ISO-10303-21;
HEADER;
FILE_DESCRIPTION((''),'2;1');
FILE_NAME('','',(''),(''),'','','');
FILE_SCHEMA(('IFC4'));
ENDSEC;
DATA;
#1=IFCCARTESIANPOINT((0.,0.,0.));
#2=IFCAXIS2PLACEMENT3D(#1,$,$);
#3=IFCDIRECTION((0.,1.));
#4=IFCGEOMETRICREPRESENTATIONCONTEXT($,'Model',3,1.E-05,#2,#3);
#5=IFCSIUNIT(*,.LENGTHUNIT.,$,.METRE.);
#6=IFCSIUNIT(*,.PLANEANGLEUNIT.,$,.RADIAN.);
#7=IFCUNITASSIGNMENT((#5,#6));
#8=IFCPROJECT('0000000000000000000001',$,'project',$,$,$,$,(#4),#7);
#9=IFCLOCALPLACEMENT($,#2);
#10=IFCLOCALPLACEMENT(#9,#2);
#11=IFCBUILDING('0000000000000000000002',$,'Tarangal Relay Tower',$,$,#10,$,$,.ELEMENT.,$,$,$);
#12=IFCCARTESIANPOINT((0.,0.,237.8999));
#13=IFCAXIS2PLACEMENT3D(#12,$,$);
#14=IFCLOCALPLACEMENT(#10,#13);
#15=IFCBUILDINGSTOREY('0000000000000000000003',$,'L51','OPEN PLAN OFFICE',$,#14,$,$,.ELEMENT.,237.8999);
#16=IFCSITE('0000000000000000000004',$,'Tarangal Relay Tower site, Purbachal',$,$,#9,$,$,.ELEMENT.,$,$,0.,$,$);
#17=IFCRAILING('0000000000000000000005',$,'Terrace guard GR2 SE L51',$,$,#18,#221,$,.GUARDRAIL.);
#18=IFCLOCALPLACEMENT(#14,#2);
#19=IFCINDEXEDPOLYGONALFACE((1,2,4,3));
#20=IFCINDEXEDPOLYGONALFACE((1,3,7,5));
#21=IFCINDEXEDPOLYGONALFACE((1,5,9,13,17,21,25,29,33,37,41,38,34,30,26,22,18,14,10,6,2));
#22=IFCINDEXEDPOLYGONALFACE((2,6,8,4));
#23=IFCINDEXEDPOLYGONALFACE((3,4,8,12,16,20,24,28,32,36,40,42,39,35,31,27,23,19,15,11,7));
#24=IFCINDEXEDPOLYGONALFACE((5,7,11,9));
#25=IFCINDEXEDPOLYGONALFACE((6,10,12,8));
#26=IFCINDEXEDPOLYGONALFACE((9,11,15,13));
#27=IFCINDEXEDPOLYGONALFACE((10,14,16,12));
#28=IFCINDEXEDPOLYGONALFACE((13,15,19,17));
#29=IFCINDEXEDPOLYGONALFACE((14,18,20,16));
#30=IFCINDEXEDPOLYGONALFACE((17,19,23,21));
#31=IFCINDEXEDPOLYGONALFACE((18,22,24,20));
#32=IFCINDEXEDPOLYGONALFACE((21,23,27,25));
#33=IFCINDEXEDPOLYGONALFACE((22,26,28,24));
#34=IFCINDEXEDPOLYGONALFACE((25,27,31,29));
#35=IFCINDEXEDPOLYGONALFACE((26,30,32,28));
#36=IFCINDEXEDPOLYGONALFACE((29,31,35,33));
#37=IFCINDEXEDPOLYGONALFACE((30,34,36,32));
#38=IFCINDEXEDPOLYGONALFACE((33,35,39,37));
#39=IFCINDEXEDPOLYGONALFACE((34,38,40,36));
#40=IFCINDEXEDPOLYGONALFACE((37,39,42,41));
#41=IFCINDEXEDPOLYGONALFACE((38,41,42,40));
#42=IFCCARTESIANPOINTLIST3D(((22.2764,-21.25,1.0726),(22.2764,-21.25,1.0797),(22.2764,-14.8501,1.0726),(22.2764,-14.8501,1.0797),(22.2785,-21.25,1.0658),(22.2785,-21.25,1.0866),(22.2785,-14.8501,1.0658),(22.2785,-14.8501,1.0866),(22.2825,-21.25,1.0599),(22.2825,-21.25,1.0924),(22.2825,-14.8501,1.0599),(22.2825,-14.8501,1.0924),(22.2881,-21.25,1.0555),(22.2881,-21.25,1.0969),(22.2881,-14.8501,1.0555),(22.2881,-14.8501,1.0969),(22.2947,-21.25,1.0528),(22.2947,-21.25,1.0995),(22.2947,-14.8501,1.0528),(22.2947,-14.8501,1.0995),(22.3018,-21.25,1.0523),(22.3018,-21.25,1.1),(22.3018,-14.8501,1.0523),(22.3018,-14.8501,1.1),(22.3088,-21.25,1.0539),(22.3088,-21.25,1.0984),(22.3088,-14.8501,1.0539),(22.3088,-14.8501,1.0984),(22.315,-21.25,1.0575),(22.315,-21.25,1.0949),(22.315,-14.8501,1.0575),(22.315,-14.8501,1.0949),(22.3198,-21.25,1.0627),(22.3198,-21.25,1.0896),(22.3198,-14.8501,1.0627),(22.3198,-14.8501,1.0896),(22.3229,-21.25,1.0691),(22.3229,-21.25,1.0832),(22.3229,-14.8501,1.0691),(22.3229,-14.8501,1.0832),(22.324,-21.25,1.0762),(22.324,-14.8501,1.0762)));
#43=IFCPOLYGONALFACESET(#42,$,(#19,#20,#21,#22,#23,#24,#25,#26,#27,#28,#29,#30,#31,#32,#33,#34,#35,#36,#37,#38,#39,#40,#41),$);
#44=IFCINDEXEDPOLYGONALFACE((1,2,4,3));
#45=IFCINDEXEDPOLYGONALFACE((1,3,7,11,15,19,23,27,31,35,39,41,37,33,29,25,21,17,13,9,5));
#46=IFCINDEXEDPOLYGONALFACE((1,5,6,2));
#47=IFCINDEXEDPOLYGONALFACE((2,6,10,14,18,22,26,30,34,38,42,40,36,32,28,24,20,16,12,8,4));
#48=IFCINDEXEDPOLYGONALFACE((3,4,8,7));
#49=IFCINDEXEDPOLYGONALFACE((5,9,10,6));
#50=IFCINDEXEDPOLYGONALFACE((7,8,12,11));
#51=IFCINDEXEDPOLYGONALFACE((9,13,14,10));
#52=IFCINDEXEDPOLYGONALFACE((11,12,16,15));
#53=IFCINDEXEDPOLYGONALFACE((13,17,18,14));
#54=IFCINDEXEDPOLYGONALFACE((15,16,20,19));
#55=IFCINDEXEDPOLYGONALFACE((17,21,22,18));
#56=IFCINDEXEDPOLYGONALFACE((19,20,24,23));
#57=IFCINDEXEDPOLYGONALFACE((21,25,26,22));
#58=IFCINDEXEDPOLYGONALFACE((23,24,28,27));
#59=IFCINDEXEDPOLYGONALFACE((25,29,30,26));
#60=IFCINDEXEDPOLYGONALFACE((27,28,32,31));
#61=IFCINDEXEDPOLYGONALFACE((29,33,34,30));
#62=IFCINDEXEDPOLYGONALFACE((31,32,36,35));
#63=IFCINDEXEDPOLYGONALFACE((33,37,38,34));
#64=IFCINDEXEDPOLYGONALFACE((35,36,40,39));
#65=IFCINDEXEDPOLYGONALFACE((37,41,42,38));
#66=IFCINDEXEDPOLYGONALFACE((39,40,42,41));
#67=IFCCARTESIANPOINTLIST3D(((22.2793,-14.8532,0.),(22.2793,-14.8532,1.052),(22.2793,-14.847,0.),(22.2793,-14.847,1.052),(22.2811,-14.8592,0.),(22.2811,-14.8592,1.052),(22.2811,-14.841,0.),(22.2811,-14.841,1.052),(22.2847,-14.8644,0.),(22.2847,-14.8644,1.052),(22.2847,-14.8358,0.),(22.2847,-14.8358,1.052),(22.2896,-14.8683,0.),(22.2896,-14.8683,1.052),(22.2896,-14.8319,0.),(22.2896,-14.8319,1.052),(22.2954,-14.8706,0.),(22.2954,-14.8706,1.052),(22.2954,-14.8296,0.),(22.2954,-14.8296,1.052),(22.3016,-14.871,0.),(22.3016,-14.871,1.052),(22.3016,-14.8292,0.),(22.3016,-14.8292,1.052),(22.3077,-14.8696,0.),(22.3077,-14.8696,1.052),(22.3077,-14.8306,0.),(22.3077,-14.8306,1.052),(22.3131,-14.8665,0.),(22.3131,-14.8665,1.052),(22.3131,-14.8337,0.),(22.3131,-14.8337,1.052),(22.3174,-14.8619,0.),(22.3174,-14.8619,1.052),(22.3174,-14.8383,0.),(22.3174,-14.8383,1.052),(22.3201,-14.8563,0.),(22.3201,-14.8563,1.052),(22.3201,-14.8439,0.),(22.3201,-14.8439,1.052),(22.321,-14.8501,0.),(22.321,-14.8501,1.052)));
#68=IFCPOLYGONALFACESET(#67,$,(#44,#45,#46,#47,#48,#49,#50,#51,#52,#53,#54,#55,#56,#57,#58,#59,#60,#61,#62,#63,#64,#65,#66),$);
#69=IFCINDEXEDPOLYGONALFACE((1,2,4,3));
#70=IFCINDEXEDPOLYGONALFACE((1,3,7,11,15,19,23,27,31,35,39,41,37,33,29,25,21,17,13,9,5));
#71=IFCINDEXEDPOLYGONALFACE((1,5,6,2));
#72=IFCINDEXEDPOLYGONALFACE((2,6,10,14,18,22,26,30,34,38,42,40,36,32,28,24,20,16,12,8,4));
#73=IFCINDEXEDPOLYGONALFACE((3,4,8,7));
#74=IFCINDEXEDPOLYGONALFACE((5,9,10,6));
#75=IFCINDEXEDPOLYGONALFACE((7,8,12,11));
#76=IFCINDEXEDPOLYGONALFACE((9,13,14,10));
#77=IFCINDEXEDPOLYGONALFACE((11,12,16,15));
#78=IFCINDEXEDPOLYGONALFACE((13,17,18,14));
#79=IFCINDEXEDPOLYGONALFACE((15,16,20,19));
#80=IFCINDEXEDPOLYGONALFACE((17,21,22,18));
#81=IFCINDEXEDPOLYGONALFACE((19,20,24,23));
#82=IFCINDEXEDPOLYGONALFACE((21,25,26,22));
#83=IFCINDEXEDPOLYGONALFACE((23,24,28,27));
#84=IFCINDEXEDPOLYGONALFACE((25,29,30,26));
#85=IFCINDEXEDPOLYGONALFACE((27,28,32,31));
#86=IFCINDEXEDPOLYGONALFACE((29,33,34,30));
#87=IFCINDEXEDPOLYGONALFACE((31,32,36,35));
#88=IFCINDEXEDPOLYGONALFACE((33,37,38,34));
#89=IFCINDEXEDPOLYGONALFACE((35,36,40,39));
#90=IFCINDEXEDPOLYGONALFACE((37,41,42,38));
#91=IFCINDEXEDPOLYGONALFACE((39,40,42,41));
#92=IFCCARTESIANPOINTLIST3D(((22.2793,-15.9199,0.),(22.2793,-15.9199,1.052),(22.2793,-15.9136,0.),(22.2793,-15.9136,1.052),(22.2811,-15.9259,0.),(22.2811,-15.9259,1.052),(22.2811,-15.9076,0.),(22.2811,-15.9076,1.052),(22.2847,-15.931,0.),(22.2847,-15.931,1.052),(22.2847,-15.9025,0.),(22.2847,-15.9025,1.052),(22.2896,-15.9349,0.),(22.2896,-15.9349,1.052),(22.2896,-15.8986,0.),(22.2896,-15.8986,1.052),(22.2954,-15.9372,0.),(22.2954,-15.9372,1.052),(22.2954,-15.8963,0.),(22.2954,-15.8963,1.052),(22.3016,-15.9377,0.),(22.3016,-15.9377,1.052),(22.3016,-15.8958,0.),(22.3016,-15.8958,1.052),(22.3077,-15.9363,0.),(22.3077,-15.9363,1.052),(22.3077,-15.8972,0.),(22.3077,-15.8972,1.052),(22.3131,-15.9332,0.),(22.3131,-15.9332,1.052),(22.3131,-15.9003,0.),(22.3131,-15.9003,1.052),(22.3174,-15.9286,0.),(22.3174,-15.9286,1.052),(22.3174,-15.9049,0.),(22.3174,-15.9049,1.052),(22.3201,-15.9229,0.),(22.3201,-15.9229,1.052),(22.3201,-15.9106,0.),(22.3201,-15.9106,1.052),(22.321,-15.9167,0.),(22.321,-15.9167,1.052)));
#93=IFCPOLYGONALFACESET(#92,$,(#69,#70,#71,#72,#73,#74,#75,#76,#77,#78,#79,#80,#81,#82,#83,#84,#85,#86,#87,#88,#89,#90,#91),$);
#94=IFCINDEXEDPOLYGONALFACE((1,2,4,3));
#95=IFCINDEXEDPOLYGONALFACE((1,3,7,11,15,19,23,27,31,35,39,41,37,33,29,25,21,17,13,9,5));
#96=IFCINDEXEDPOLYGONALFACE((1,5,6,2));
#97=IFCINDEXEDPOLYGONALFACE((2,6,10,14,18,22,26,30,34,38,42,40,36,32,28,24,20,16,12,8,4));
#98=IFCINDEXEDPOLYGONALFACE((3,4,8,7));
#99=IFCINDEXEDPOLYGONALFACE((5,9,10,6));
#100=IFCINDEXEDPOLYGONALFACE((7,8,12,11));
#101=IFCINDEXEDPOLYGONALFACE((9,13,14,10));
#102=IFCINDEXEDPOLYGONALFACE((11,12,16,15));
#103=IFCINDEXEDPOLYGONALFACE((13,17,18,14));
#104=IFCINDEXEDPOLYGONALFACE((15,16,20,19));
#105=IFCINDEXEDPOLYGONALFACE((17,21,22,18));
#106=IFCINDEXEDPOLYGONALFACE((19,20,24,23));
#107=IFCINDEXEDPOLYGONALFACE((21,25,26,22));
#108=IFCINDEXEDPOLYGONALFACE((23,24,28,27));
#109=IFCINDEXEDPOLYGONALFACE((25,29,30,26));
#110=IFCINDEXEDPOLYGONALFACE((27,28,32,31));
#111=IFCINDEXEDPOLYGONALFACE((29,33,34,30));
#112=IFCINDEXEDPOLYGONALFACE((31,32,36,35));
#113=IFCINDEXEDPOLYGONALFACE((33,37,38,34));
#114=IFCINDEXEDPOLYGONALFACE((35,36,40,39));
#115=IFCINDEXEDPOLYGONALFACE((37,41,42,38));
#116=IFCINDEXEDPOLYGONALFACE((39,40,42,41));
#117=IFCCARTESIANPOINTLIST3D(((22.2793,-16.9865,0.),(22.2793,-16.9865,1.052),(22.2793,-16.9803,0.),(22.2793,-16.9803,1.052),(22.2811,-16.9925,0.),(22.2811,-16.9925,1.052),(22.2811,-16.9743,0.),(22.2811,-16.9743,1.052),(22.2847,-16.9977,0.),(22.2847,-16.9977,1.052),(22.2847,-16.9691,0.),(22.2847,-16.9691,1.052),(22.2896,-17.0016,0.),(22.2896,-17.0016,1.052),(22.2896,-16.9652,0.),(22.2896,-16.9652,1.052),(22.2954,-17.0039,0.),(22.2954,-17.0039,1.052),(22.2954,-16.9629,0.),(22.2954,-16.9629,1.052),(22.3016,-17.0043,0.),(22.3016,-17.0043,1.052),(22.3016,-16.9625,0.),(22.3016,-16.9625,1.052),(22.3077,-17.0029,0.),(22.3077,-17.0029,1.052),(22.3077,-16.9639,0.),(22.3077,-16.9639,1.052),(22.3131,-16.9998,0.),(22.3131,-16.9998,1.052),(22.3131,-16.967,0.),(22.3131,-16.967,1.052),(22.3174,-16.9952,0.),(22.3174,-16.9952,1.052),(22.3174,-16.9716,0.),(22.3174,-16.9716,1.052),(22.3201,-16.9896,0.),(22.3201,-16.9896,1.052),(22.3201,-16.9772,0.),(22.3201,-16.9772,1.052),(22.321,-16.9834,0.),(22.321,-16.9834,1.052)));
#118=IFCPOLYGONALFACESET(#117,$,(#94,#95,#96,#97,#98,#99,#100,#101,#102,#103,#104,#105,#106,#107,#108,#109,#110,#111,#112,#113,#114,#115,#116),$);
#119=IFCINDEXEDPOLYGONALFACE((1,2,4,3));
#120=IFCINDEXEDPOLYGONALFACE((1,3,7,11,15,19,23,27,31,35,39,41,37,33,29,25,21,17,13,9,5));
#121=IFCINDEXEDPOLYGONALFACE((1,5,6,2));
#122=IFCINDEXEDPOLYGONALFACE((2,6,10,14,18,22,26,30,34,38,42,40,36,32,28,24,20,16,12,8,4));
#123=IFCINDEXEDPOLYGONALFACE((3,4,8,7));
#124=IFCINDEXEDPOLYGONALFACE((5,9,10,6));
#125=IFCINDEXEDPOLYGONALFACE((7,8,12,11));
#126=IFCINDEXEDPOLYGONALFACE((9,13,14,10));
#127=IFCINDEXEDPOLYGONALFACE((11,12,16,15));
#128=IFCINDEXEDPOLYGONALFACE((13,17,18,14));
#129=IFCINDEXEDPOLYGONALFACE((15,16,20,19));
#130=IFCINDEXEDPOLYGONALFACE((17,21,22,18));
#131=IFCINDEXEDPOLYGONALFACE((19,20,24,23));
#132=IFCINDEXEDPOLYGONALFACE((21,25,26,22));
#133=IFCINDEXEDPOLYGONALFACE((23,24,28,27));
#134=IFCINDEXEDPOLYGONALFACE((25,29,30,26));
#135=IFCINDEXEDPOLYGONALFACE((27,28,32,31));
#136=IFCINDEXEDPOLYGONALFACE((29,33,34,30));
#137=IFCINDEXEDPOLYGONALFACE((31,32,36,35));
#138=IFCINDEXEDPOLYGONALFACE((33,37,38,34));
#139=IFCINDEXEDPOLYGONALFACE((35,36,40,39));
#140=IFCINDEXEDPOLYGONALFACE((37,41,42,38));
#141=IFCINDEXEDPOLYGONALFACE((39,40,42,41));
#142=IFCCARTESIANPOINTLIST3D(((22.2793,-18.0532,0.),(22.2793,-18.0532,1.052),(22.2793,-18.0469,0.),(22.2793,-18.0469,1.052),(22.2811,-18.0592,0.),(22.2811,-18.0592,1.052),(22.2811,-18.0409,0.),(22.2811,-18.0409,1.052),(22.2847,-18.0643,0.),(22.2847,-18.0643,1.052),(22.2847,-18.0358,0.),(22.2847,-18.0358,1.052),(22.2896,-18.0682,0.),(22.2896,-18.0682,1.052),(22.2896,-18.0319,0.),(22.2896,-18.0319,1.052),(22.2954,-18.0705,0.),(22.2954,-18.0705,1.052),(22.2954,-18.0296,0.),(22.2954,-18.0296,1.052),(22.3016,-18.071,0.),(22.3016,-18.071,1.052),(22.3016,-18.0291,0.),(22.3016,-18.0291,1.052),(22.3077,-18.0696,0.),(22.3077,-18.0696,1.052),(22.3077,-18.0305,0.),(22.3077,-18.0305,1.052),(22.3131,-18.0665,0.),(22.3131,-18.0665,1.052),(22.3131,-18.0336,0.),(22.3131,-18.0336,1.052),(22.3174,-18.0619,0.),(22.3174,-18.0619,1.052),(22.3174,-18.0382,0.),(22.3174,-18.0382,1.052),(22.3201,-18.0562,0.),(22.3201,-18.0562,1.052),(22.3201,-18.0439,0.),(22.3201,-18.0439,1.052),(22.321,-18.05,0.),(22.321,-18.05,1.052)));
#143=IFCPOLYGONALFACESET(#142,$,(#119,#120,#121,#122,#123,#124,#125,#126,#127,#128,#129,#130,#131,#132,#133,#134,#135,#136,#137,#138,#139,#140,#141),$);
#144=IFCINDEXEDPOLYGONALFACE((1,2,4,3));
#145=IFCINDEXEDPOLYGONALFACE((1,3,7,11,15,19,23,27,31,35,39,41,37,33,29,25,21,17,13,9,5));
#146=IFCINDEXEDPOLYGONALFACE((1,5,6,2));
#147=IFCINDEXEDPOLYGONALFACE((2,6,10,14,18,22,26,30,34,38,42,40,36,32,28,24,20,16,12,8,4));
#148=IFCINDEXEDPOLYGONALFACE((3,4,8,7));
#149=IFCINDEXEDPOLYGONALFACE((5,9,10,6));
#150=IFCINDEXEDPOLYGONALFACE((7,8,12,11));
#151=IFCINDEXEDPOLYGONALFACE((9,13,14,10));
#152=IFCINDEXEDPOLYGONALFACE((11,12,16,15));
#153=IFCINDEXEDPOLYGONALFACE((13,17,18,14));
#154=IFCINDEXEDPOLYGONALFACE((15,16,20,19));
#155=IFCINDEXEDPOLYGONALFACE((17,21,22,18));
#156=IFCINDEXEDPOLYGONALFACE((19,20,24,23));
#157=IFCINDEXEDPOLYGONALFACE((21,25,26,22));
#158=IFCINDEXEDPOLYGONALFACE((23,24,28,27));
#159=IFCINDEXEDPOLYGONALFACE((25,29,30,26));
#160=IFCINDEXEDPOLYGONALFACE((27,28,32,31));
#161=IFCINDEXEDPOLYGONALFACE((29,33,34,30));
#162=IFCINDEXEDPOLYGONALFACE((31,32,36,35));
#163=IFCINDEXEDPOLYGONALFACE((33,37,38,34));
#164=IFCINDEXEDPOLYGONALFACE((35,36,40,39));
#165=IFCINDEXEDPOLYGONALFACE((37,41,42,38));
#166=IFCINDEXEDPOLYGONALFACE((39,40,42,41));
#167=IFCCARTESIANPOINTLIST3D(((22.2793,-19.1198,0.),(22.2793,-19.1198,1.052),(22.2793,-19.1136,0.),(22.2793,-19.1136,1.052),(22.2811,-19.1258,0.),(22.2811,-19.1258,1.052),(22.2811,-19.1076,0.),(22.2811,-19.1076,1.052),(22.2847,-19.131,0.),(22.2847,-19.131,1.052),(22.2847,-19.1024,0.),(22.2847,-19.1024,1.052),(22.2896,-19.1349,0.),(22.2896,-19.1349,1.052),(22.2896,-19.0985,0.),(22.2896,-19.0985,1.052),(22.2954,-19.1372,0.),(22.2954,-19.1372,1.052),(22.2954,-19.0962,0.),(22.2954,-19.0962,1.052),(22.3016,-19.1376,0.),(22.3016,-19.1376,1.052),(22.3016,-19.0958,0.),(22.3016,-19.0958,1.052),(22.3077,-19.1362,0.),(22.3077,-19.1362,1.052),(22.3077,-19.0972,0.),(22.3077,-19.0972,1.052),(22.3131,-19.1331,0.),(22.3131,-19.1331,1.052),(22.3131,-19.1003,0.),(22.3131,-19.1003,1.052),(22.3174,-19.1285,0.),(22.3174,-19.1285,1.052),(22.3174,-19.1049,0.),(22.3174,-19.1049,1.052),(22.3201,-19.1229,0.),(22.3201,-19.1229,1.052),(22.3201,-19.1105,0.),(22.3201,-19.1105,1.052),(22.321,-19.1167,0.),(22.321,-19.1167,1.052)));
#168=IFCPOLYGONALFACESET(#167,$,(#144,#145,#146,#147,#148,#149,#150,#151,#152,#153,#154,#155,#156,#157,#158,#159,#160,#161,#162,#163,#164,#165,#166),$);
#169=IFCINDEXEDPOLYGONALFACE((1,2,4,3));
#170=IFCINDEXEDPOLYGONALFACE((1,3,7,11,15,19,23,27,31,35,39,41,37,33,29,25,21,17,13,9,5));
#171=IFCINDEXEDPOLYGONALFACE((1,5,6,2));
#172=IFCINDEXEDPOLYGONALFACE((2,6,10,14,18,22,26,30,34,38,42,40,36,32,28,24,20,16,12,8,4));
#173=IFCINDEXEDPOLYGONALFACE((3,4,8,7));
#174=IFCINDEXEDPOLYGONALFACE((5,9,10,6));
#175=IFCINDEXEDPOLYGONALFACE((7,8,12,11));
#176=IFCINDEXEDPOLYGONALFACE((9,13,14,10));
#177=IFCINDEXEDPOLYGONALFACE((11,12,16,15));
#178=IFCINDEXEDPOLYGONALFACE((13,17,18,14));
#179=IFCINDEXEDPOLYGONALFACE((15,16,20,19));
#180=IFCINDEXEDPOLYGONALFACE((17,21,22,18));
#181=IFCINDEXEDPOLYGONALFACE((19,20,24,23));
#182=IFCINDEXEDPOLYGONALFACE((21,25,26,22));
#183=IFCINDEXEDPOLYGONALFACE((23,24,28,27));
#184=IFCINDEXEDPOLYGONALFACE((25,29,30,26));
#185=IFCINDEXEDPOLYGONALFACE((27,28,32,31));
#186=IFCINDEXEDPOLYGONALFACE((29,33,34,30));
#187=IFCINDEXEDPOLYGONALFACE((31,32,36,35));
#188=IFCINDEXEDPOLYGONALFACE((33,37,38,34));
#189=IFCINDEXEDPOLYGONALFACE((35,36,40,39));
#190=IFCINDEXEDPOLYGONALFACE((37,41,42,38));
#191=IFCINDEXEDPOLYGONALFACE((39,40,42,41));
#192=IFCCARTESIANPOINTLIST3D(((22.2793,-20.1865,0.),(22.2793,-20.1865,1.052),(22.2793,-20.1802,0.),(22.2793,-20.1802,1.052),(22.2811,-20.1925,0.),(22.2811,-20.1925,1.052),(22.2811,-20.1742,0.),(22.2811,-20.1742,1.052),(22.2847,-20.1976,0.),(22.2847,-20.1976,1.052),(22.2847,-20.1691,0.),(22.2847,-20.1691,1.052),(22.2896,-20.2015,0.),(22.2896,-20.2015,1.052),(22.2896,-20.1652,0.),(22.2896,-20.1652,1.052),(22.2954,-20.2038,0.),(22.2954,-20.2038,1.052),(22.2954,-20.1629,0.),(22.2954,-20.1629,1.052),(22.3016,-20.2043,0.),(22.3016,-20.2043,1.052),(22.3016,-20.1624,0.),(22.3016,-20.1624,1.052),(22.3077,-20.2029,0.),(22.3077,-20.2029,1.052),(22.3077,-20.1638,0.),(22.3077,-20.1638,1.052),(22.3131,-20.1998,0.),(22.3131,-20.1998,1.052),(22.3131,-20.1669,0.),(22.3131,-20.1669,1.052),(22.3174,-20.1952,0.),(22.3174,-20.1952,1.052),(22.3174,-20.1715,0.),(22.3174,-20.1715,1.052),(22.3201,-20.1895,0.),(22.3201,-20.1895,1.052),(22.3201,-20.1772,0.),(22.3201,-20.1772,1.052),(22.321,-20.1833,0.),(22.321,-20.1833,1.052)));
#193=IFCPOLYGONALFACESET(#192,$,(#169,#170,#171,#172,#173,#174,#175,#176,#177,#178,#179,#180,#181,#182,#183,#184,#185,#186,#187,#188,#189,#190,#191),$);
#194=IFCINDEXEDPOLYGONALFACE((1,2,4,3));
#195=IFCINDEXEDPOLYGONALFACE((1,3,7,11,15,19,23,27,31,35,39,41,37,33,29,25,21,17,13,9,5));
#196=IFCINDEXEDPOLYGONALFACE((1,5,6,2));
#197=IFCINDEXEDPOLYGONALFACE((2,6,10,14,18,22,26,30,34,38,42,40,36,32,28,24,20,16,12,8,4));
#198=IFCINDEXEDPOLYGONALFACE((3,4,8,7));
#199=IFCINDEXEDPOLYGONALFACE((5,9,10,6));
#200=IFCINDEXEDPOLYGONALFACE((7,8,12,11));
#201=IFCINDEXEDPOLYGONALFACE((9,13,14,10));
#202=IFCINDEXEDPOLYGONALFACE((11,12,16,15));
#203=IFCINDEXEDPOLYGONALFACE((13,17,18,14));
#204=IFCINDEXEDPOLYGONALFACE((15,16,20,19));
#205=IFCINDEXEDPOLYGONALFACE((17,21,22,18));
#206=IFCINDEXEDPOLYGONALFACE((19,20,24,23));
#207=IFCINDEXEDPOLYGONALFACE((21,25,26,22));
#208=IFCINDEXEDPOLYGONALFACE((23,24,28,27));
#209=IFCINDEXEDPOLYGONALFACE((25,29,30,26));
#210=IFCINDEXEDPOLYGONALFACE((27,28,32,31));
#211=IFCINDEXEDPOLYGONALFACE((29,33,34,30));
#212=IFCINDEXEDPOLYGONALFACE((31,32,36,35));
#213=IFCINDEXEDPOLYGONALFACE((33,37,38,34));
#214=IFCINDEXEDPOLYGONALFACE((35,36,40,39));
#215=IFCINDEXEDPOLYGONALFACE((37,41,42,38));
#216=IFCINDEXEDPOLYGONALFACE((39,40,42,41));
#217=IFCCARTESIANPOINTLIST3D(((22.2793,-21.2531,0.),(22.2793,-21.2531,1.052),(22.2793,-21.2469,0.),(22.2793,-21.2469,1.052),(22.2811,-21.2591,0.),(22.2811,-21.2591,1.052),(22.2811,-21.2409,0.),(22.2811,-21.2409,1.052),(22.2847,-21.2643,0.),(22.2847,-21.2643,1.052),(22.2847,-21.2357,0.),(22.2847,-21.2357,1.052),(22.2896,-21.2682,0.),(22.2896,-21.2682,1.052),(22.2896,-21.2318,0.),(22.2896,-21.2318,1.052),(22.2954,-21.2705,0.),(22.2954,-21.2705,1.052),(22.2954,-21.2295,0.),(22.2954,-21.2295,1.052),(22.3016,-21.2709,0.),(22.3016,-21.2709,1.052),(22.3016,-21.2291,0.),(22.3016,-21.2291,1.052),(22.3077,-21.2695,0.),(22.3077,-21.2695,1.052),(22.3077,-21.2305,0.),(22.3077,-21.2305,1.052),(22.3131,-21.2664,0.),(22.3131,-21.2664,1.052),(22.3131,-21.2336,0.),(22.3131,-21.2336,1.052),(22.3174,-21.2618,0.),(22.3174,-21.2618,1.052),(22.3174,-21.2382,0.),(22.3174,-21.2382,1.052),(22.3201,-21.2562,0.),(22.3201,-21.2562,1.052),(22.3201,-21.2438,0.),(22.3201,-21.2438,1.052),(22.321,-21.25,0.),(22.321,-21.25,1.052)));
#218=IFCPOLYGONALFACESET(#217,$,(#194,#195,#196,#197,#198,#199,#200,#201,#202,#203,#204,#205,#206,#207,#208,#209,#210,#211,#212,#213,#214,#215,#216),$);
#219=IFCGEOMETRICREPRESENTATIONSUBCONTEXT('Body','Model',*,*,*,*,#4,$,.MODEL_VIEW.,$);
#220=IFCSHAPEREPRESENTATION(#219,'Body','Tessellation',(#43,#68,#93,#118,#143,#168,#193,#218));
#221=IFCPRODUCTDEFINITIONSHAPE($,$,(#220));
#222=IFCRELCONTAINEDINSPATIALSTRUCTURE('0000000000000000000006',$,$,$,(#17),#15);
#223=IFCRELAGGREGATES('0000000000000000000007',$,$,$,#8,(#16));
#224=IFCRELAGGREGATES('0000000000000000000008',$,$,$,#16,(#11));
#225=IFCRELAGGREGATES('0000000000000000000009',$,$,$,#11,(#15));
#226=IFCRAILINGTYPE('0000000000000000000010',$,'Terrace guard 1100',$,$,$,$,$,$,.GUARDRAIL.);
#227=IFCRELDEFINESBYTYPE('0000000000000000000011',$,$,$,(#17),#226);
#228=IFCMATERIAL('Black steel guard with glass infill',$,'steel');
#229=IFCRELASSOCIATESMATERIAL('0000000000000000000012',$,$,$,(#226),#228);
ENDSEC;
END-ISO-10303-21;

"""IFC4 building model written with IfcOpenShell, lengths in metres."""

from ifc_helpers import new_model, si_unit, direction, frame, origin, origin_2d, place, context, subcontext, project, spatial, circle, extrude, material, type_object, element, save


model = new_model("IFC4")

# Units and contexts
model_context = context("Model", 3, precision=1e-05, world=origin(), true_north=direction((0.0, 1.0)))
body_context = subcontext(model_context, "Body", "Model", "MODEL_VIEW")
ifc_project = project(units=[si_unit("LENGTHUNIT", "METRE"), si_unit("PLANEANGLEUNIT", "RADIAN")], contexts=[model_context])

# Site, building, storey
site_placement = place(None, origin())
site = spatial("IfcSite", under=ifc_project, at=site_placement, Name="Tarangal Relay Tower site, Purbachal", CompositionType="ELEMENT", RefElevation=0.0)
building_placement = place(site_placement, origin())
building = spatial("IfcBuilding", under=site, at=building_placement, Name="Tarangal Relay Tower", CompositionType="ELEMENT")
storey_placement = place(building_placement, frame((0.0, 0.0, 237.8999)))
storey = spatial("IfcBuildingStorey", under=building, at=storey_placement, Name="L51", Description="OPEN PLAN OFFICE", CompositionType="ELEMENT", Elevation=237.8999)

# Railing
ifc_material_1 = material(Name="Black steel guard with glass infill", Category="steel")
railing_type = type_object("IfcRailingType", Name="Terrace guard 1100", PredefinedType="GUARDRAIL", material=ifc_material_1)
railing_1_placement = place(storey_placement, frame((22.3, -14.8501, 0.0)))
element("IfcRailing", 1, at=railing_1_placement, inside=storey, type_object=railing_type, Name="Terrace guard GR2 SE L51", PredefinedType="GUARDRAIL", context=body_context, shape_type="SweptSolid", body=[
    extrude(circle(Radius=0.0239, at=origin_2d()), frame((0.0, 0.0, 1.0762), z_axis=(0.0, -1.0, 0.0), x_axis=(1.0, 0.0, 0.0)), (0.0, 0.0, 1.0), 6.3999),
    extrude(circle(Radius=0.021, at=origin_2d()), origin(), (0.0, 0.0, 1.0), 1.052),
    extrude(circle(Radius=0.021, at=origin_2d()), frame((0.0, -1.0667, 0.0)), (0.0, 0.0, 1.0), 1.052),
    extrude(circle(Radius=0.021, at=origin_2d()), frame((0.0, -2.1333, 0.0)), (0.0, 0.0, 1.0), 1.052),
    extrude(circle(Radius=0.021, at=origin_2d()), frame((0.0, -3.2, 0.0)), (0.0, 0.0, 1.0), 1.052),
    extrude(circle(Radius=0.021, at=origin_2d()), frame((0.0, -4.2666, 0.0)), (0.0, 0.0, 1.0), 1.052),
    extrude(circle(Radius=0.021, at=origin_2d()), frame((0.0, -5.3333, 0.0)), (0.0, 0.0, 1.0), 1.052),
    extrude(circle(Radius=0.021, at=origin_2d()), frame((0.0, -6.3999, 0.0)), (0.0, 0.0, 1.0), 1.052),
])

save(model, "model.ifc")
